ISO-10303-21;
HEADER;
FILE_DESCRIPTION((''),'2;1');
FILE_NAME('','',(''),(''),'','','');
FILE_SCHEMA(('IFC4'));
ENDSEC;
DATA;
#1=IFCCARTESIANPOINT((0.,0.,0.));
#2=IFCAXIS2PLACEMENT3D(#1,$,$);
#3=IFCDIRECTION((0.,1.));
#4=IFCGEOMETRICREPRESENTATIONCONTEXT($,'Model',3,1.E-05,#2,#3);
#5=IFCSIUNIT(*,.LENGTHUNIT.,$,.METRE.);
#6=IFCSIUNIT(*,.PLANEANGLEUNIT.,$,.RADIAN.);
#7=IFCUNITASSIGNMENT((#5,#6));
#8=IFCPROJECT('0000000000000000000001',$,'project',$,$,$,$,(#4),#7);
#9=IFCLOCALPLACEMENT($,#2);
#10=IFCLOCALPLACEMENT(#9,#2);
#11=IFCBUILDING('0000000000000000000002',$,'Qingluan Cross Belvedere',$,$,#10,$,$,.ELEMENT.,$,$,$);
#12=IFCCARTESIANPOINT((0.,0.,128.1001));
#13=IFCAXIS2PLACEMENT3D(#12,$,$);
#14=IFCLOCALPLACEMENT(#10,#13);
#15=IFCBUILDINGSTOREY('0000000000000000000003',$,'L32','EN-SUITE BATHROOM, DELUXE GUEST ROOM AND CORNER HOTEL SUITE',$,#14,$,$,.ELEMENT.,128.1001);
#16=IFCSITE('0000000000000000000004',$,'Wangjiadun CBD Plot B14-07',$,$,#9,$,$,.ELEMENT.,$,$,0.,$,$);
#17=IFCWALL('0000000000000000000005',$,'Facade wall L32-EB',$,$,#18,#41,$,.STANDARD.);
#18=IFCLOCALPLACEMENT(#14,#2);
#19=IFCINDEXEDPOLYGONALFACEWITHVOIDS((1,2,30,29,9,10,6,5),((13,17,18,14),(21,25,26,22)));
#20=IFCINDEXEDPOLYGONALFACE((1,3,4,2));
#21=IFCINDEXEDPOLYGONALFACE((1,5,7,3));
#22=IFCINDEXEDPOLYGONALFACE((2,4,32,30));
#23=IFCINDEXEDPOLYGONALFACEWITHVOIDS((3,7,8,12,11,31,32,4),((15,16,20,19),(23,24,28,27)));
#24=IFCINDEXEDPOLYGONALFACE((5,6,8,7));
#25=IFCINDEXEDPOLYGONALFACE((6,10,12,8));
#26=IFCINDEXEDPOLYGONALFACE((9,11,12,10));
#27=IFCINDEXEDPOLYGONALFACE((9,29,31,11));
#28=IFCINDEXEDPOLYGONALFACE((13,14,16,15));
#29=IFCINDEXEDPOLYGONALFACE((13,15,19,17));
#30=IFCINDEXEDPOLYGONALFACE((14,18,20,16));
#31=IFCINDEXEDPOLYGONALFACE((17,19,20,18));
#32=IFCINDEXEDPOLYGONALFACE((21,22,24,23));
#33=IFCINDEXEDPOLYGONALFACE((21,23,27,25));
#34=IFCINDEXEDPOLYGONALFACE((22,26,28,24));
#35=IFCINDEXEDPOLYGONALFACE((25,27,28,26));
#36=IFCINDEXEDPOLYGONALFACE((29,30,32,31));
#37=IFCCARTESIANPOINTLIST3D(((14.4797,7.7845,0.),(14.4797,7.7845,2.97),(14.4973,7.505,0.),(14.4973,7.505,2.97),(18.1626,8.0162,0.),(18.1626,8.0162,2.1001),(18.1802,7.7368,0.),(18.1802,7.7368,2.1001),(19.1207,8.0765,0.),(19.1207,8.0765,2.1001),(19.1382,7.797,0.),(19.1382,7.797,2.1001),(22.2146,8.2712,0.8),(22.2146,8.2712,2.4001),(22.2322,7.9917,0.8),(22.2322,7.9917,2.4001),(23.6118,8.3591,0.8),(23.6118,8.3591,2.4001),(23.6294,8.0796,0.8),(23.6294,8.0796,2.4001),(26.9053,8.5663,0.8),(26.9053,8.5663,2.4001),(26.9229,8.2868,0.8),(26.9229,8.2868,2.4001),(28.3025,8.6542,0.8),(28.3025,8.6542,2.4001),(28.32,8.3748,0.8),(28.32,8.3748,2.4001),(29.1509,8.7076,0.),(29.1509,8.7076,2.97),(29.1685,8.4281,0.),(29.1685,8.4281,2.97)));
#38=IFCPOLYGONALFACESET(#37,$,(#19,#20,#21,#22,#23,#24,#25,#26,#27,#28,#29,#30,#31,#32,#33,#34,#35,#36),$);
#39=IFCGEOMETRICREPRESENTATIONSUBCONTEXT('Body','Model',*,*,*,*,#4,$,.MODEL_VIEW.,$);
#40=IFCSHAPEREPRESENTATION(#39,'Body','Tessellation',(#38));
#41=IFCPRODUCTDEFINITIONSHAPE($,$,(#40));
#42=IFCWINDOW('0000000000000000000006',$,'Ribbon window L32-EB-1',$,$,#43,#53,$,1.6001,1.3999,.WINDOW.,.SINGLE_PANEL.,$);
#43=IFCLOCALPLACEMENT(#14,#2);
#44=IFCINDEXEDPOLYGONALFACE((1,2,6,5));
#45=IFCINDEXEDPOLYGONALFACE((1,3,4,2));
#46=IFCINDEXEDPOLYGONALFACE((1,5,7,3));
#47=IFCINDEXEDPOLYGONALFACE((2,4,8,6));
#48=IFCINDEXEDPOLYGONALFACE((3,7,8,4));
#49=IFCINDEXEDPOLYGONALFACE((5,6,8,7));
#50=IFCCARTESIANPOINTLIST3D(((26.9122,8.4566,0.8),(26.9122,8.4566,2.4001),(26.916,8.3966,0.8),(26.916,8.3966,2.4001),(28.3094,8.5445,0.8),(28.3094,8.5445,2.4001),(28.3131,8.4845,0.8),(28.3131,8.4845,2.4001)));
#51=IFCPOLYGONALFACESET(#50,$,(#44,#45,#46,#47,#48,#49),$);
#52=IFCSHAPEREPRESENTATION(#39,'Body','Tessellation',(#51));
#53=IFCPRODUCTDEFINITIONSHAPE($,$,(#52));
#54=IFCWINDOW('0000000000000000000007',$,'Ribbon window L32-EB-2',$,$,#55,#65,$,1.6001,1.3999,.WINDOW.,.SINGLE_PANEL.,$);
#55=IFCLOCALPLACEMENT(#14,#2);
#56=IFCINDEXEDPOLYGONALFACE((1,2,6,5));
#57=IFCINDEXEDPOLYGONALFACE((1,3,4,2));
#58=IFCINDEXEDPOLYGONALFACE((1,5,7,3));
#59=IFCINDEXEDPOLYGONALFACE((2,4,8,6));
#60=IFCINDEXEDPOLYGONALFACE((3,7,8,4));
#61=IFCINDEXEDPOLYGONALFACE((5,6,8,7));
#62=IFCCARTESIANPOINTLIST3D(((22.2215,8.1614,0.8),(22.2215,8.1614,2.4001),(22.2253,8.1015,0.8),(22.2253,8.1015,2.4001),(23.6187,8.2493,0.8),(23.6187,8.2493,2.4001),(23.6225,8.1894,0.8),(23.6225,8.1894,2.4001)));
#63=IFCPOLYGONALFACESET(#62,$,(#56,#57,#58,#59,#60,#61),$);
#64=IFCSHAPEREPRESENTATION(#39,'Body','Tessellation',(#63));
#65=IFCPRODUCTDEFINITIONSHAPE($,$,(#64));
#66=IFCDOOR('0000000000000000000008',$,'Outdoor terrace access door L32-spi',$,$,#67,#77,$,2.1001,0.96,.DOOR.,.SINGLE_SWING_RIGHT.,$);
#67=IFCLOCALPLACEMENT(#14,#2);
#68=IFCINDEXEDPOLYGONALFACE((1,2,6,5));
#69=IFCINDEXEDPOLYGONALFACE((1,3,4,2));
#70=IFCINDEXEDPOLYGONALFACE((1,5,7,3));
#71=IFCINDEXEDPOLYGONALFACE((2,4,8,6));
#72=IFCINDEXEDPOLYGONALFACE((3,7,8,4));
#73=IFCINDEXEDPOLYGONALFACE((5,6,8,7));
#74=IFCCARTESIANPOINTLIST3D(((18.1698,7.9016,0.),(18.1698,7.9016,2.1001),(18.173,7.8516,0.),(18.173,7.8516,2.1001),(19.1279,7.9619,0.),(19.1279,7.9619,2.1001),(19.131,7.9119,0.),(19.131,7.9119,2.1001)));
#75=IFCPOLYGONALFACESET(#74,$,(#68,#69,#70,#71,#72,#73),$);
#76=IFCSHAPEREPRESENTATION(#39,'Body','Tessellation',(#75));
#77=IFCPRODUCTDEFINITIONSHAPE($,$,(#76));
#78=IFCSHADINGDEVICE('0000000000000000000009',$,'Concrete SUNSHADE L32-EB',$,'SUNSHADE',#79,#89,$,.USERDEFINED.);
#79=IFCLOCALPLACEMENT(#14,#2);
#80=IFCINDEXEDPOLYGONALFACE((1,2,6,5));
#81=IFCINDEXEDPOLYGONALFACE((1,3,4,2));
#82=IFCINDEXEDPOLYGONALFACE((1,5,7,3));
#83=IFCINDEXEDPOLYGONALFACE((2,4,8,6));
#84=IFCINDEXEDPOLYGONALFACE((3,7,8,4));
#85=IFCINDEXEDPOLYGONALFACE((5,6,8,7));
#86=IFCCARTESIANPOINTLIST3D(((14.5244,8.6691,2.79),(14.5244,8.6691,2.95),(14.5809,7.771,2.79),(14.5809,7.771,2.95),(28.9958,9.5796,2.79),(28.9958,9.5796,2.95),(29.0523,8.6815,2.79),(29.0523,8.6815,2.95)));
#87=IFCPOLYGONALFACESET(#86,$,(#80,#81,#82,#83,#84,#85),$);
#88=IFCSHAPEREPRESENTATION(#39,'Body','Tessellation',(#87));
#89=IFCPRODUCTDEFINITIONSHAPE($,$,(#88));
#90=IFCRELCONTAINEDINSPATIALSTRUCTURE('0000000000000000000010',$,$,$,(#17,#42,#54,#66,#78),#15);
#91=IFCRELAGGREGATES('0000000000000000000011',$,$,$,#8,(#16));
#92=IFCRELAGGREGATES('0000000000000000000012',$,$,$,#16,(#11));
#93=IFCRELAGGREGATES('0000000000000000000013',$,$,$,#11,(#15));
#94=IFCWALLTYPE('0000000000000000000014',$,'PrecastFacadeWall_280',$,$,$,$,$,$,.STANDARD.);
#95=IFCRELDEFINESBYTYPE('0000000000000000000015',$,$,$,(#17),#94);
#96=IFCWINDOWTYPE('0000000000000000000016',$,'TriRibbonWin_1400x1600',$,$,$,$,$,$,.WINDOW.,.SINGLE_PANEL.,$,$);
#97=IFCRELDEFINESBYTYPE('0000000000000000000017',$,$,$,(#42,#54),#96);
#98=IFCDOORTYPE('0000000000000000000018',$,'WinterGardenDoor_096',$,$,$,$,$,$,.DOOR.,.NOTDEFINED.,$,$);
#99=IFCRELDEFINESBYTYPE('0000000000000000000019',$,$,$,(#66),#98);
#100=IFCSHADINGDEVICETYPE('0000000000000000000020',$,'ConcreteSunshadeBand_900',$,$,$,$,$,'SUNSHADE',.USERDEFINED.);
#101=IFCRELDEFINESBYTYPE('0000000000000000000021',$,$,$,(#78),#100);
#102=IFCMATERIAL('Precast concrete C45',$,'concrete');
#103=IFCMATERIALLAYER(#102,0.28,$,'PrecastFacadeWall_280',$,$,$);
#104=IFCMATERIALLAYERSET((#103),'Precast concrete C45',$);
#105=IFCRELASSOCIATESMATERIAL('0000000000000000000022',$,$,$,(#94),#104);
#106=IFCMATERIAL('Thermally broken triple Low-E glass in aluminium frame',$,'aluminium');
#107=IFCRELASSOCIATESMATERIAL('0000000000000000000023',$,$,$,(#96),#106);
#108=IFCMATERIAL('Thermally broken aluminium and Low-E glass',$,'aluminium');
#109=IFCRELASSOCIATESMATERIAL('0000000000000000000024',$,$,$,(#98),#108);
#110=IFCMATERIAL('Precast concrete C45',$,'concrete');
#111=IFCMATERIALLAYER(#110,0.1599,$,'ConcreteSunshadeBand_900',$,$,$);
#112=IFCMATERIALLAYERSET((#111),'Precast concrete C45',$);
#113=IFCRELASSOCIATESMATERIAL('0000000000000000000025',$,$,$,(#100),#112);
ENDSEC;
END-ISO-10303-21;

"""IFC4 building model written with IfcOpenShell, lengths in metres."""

from ifc_helpers import new_model, si_unit, direction, frame, frame_2d, origin, origin_2d, place, context, subcontext, project, spatial, rectangle, extrude, material, layer, layer_set, type_object, element, fill, save


model = new_model("IFC4")

# Units and contexts
model_context = context("Model", 3, precision=1e-05, world=origin(), true_north=direction((0.0, 1.0)))
body_context = subcontext(model_context, "Body", "Model", "MODEL_VIEW")
ifc_project = project(units=[si_unit("LENGTHUNIT", "METRE"), si_unit("PLANEANGLEUNIT", "RADIAN")], contexts=[model_context])

# Site, building, storey
site_placement = place(None, origin())
site = spatial("IfcSite", under=ifc_project, at=site_placement, Name="Wangjiadun CBD Plot B14-07", CompositionType="ELEMENT", RefElevation=0.0)
building_placement = place(site_placement, origin())
building = spatial("IfcBuilding", under=site, at=building_placement, Name="Qingluan Cross Belvedere", CompositionType="ELEMENT")
storey_placement = place(building_placement, frame((0.0, 0.0, 128.1001)))
storey = spatial("IfcBuildingStorey", under=building, at=storey_placement, Name="L32", Description="EN-SUITE BATHROOM, DELUXE GUEST ROOM AND CORNER HOTEL SUITE", CompositionType="ELEMENT", Elevation=128.1001)

# Wall, openings, windows, door
ifc_material_1 = material(Name="Precast concrete C45", Category="concrete")
ifc_layer_1 = layer(ifc_material_1, 0.28, Name="PrecastFacadeWall_280")
ifc_layer_set_1 = layer_set([ifc_layer_1], Name="Precast concrete C45")
wall_type_1 = type_object("IfcWallType", Name="PrecastFacadeWall_280", PredefinedType="STANDARD", material=ifc_layer_set_1)
wall_1_placement = place(storey_placement, frame((29.1597, 8.5679, 0.0), z_axis=(0.0, 0.0, 1.0), x_axis=(-0.998026, -0.062795, 0.0)))
wall_1 = element("IfcWall", 1, at=wall_1_placement, inside=storey, type_object=wall_type_1, Name="Facade wall L32-EB", PredefinedType="STANDARD", context=body_context, shape_type="SweptSolid", body=[
    extrude(rectangle(XDim=14.7002, YDim=0.28, at=frame_2d((7.3501, 0.0))), origin(), (0.0, 0.0, 1.0), 2.97),
])
opening_1_placement = place(wall_1_placement, frame((0.8501, 0.0, 0.8)))
opening_1 = element("IfcOpeningElement", 2, at=opening_1_placement, cuts=wall_1, PredefinedType="OPENING", context=body_context, shape_type="SweptSolid", body=[
    extrude(rectangle(XDim=1.3999, YDim=1.6001, at=frame_2d((0.7, 0.8))), frame((0.0, 0.1499, 0.0), z_axis=(0.0, -1.0, 0.0), x_axis=(1.0, 0.0, 0.0)), (0.0, 0.0, 1.0), 0.3),
])
opening_2_placement = place(wall_1_placement, frame((5.55, 0.0, 0.8)))
opening_2 = element("IfcOpeningElement", 3, at=opening_2_placement, cuts=wall_1, PredefinedType="OPENING", context=body_context, shape_type="SweptSolid", body=[
    extrude(rectangle(XDim=1.3999, YDim=1.6001, at=frame_2d((0.7, 0.8))), frame((0.0, 0.1499, 0.0), z_axis=(0.0, -1.0, 0.0), x_axis=(1.0, 0.0, 0.0)), (0.0, 0.0, 1.0), 0.3),
])
opening_3_placement = place(wall_1_placement, frame((10.05, 0.0, 0.0)))
opening_3 = element("IfcOpeningElement", 4, at=opening_3_placement, cuts=wall_1, PredefinedType="OPENING", context=body_context, shape_type="SweptSolid", body=[
    extrude(rectangle(XDim=0.96, YDim=2.1001, at=frame_2d((0.48, 1.05))), frame((0.0, 0.1499, 0.0), z_axis=(0.0, -1.0, 0.0), x_axis=(1.0, 0.0, 0.0)), (0.0, 0.0, 1.0), 0.3),
])
ifc_material_2 = material(Name="Thermally broken triple Low-E glass in aluminium frame", Category="aluminium")
window_type = type_object("IfcWindowType", Name="TriRibbonWin_1400x1600", PartitioningType="SINGLE_PANEL", PredefinedType="WINDOW", material=ifc_material_2)
window_1_placement = place(opening_1_placement, origin())
window_1 = element("IfcWindow", 5, at=window_1_placement, inside=storey, type_object=window_type, Name="Ribbon window L32-EB-1", OverallHeight=1.6001, OverallWidth=1.3999, PartitioningType="SINGLE_PANEL", PredefinedType="WINDOW", context=body_context, shape_type="SweptSolid", body=[
    extrude(rectangle(XDim=1.3999, YDim=1.6001, at=frame_2d((0.7, 0.8))), frame((0.0, 0.03, 0.0), z_axis=(0.0, -1.0, 0.0), x_axis=(1.0, 0.0, 0.0)), (0.0, 0.0, 1.0), 0.0601),
])
fill(opening_1, window_1)
window_2_placement = place(opening_2_placement, origin())
window_2 = element("IfcWindow", 6, at=window_2_placement, inside=storey, type_object=window_type, Name="Ribbon window L32-EB-2", OverallHeight=1.6001, OverallWidth=1.3999, PartitioningType="SINGLE_PANEL", PredefinedType="WINDOW", context=body_context, shape_type="SweptSolid", body=[
    extrude(rectangle(XDim=1.3999, YDim=1.6001, at=frame_2d((0.7, 0.8))), frame((0.0, 0.03, 0.0), z_axis=(0.0, -1.0, 0.0), x_axis=(1.0, 0.0, 0.0)), (0.0, 0.0, 1.0), 0.0601),
])
fill(opening_2, window_2)
ifc_material_3 = material(Name="Thermally broken aluminium and Low-E glass", Category="aluminium")
door_type_1 = type_object("IfcDoorType", Name="WinterGardenDoor_096", OperationType="NOTDEFINED", PredefinedType="DOOR", material=ifc_material_3)
door_1_placement = place(opening_3_placement, origin())
door_1 = element("IfcDoor", 7, at=door_1_placement, inside=storey, type_object=door_type_1, Name="Outdoor terrace access door L32-spi", OperationType="SINGLE_SWING_RIGHT", OverallHeight=2.1001, OverallWidth=0.96, PredefinedType="DOOR", context=body_context, shape_type="SweptSolid", body=[
    extrude(rectangle(XDim=0.96, YDim=2.1001, at=frame_2d((0.48, 1.05))), frame((0.0, 0.0249, 0.0), z_axis=(0.0, -1.0, 0.0), x_axis=(1.0, 0.0, 0.0)), (0.0, 0.0, 1.0), 0.05),
])
fill(opening_3, door_1)

# Shading device
ifc_material_4 = material(Name="Precast concrete C45", Category="concrete")
ifc_layer_2 = layer(ifc_material_4, 0.1599, Name="ConcreteSunshadeBand_900")
ifc_layer_set_2 = layer_set([ifc_layer_2], Name="Precast concrete C45")
shading_device_type = type_object("IfcShadingDeviceType", Name="ConcreteSunshadeBand_900", ElementType="SUNSHADE", PredefinedType="USERDEFINED", material=ifc_layer_set_2)
shading_device_placement = place(storey_placement, frame((21.7883, 8.6753, 2.79), z_axis=(0.0, 0.0, 1.0), x_axis=(-0.998026, -0.062796, 0.0)))
element("IfcShadingDevice", 8, at=shading_device_placement, inside=storey, type_object=shading_device_type, Name="Concrete SUNSHADE L32-EB", ObjectType="SUNSHADE", PredefinedType="USERDEFINED", context=body_context, shape_type="SweptSolid", body=[
    extrude(rectangle(XDim=14.5, YDim=0.8999, at=origin_2d()), origin(), (0.0, 0.0, 1.0), 0.1599),
])

save(model, "model.ifc")
